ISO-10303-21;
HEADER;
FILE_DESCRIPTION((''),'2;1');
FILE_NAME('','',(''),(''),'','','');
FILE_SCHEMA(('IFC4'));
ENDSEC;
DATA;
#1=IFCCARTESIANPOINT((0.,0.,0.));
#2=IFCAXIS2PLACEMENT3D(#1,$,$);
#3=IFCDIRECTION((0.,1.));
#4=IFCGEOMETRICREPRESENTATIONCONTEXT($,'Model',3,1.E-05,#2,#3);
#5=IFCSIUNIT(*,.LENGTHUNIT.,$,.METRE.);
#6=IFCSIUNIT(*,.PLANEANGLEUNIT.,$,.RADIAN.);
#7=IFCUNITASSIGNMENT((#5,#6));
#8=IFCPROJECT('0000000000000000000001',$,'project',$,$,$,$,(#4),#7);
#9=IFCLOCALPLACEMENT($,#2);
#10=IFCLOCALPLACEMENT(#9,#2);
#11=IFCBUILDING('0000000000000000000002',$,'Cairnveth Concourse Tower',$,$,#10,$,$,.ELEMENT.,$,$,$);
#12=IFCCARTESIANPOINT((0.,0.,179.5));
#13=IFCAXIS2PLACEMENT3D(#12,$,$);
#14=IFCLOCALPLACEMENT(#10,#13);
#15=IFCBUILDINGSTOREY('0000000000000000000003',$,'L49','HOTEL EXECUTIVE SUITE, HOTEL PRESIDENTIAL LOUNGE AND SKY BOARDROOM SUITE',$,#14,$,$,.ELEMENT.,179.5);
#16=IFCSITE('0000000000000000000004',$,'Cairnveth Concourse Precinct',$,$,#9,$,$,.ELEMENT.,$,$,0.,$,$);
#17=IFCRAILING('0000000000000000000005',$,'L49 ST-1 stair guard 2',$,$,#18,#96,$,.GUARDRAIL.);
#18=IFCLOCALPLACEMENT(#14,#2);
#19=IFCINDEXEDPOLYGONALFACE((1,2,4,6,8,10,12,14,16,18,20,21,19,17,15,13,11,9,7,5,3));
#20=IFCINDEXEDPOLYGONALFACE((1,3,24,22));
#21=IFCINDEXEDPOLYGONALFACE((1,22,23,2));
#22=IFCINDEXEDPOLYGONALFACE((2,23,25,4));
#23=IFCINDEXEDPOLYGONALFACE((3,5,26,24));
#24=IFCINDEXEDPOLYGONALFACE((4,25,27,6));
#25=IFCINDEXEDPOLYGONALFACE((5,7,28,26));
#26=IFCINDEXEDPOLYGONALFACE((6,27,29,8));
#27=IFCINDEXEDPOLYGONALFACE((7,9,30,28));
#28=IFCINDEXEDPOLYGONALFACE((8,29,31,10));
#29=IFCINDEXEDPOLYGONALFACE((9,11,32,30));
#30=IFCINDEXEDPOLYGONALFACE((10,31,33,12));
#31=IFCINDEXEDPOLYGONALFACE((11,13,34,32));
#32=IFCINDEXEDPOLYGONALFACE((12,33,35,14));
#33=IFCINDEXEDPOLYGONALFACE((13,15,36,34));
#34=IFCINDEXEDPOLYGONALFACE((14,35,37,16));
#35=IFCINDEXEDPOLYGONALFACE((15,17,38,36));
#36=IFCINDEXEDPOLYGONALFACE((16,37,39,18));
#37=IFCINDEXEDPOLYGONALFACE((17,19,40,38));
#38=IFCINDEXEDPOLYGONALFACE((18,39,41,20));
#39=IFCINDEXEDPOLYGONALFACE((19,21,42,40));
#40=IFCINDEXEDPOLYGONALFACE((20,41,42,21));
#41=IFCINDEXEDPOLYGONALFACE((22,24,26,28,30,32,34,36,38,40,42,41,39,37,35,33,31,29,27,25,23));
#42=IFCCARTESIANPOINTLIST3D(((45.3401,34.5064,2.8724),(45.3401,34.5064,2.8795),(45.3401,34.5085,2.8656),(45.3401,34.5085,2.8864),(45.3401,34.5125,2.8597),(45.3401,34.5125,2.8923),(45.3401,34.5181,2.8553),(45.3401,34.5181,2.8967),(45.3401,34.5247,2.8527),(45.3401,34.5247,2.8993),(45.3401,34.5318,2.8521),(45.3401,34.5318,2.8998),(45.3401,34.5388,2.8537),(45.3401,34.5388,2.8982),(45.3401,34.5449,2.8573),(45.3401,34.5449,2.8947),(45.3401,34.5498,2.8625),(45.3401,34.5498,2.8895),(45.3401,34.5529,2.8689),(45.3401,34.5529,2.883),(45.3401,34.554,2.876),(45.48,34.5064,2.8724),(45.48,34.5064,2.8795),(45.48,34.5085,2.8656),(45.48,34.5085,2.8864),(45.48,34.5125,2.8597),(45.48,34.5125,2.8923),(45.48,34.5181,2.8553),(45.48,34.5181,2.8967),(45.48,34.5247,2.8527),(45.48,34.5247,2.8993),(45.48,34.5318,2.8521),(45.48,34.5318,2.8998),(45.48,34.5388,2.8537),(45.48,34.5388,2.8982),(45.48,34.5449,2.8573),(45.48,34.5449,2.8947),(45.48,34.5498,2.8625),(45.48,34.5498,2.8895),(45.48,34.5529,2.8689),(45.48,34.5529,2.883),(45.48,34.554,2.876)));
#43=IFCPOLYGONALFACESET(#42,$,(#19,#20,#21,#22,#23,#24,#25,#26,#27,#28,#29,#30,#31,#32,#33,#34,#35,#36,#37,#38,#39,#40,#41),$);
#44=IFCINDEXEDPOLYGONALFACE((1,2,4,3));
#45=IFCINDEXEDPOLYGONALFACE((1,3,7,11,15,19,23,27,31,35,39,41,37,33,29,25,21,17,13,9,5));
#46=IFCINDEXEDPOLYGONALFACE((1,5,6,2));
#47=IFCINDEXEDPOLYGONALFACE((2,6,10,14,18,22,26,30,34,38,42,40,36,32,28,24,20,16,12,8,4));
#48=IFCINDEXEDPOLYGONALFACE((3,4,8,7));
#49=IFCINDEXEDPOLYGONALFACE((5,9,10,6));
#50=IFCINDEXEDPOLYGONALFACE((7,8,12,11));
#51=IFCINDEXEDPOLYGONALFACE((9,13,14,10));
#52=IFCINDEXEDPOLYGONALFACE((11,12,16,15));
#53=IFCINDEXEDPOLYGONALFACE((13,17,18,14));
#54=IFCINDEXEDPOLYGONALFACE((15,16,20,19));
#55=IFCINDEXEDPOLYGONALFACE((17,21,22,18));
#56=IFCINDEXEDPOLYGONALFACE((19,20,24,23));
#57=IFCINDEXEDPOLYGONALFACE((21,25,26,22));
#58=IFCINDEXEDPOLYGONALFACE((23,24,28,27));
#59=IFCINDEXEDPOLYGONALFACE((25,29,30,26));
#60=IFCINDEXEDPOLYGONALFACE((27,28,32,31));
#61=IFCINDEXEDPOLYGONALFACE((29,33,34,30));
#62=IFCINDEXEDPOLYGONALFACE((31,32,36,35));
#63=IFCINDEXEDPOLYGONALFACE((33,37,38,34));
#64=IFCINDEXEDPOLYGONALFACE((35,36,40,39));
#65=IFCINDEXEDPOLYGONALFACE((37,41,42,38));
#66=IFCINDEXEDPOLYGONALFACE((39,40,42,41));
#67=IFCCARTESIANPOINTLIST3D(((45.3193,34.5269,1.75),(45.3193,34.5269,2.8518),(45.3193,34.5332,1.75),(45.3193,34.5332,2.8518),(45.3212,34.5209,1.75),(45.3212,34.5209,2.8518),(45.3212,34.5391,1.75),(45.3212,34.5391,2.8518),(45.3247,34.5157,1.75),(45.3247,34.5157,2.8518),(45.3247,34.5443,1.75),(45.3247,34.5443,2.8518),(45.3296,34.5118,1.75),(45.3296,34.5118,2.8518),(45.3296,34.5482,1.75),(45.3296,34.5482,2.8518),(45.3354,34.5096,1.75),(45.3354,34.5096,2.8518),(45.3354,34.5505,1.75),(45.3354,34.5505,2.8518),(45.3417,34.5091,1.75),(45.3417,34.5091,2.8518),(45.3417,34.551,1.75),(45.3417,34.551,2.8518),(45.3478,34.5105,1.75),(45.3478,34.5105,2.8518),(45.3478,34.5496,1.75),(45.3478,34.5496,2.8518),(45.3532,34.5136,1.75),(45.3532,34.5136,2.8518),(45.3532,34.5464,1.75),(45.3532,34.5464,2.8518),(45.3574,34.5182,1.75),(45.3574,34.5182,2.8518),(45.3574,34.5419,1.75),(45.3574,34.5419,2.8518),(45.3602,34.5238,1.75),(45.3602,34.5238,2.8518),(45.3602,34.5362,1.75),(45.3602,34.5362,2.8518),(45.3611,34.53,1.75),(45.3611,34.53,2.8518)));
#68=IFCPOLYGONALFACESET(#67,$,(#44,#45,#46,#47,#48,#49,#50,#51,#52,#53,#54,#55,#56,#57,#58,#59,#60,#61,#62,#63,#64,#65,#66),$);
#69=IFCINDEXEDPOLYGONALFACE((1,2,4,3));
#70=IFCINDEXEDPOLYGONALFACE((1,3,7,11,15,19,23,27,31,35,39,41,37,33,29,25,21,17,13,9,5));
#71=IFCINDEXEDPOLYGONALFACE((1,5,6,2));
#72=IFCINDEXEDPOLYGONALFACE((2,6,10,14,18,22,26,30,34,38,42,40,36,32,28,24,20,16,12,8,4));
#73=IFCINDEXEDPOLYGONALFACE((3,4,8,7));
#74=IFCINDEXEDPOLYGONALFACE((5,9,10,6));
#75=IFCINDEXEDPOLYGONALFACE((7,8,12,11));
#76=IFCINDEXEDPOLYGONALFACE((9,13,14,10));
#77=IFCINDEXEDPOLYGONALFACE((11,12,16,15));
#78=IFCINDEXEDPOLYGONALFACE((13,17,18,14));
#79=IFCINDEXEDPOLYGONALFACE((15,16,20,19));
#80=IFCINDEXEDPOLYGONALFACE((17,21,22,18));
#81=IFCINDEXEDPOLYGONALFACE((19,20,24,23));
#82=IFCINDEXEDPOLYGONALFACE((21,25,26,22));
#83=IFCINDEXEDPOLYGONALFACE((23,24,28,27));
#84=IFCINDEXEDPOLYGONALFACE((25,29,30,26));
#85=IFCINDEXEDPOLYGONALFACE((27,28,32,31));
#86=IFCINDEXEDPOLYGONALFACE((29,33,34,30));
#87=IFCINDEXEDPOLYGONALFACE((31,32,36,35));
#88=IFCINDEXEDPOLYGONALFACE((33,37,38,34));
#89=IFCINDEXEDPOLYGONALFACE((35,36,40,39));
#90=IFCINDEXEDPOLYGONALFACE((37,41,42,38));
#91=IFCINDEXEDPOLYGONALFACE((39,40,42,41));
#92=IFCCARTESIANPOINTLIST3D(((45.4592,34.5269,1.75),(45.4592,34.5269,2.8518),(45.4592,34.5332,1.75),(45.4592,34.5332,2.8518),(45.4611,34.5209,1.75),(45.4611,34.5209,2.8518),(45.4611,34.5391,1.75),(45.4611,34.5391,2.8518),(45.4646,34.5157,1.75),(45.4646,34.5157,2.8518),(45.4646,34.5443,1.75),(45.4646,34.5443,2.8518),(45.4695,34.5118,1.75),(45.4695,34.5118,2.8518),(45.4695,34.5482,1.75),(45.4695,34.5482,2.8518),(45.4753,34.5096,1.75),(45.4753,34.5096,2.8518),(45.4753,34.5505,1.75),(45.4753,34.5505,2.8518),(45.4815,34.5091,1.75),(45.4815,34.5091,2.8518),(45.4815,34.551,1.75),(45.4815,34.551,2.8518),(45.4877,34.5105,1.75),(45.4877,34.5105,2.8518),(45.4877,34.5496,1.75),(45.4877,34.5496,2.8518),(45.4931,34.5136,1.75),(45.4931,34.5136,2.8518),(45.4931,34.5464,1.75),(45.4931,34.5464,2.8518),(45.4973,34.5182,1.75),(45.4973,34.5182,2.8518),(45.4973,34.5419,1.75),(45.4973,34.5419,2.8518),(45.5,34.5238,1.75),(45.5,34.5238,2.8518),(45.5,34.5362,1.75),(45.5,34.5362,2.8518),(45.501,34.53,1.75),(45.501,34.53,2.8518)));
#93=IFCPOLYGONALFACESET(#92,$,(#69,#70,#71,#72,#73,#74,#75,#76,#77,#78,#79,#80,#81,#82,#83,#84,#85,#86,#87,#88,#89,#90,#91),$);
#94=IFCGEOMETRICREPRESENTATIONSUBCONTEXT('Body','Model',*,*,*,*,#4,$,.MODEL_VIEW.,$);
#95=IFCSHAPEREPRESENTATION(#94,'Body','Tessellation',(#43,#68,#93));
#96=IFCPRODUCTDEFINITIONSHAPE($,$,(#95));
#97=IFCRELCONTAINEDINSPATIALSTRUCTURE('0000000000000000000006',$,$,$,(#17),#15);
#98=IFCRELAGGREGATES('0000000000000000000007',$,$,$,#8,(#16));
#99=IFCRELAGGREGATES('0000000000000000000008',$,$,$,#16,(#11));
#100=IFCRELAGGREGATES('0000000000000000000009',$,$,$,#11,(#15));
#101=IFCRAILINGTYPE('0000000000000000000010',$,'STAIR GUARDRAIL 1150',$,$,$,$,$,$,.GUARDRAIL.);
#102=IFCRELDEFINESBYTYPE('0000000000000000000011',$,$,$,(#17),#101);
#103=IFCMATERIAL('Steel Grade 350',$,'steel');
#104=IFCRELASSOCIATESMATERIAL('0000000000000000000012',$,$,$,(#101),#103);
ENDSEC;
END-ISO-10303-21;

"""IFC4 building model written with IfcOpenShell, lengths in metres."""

from ifc_helpers import new_model, si_unit, direction, frame, origin, origin_2d, place, context, subcontext, project, spatial, circle, extrude, material, type_object, element, save


model = new_model("IFC4")

# Units and contexts
model_context = context("Model", 3, precision=1e-05, world=origin(), true_north=direction((0.0, 1.0)))
body_context = subcontext(model_context, "Body", "Model", "MODEL_VIEW")
ifc_project = project(units=[si_unit("LENGTHUNIT", "METRE"), si_unit("PLANEANGLEUNIT", "RADIAN")], contexts=[model_context])

# Site, building, storey
site_placement = place(None, origin())
site = spatial("IfcSite", under=ifc_project, at=site_placement, Name="Cairnveth Concourse Precinct", CompositionType="ELEMENT", RefElevation=0.0)
building_placement = place(site_placement, origin())
building = spatial("IfcBuilding", under=site, at=building_placement, Name="Cairnveth Concourse Tower", CompositionType="ELEMENT")
storey_placement = place(building_placement, frame((0.0, 0.0, 179.5)))
storey = spatial("IfcBuildingStorey", under=building, at=storey_placement, Name="L49", Description="HOTEL EXECUTIVE SUITE, HOTEL PRESIDENTIAL LOUNGE AND SKY BOARDROOM SUITE", CompositionType="ELEMENT", Elevation=179.5)

# Shared definitions
ifc_material_1 = material(Name="Steel Grade 350", Category="steel")

# Railing
railing_type_1 = type_object("IfcRailingType", Name="STAIR GUARDRAIL 1150", PredefinedType="GUARDRAIL", material=ifc_material_1)
railing_1_placement = place(storey_placement, frame((45.3401, 34.53, 1.75)))
element("IfcRailing", 1, at=railing_1_placement, inside=storey, type_object=railing_type_1, Name="L49 ST-1 stair guard 2", PredefinedType="GUARDRAIL", context=body_context, shape_type="SweptSolid", body=[
    extrude(circle(Radius=0.0239, at=origin_2d()), frame((0.0, 0.0, 1.126), z_axis=(1.0, 0.0, 0.0), x_axis=(0.0, 1.0, 0.0)), (0.0, 0.0, 1.0), 0.1399),
    extrude(circle(Radius=0.021, at=origin_2d()), origin(), (0.0, 0.0, 1.0), 1.1018),
    extrude(circle(Radius=0.021, at=origin_2d()), frame((0.1399, 0.0, 0.0)), (0.0, 0.0, 1.0), 1.1018),
])

save(model, "model.ifc")
